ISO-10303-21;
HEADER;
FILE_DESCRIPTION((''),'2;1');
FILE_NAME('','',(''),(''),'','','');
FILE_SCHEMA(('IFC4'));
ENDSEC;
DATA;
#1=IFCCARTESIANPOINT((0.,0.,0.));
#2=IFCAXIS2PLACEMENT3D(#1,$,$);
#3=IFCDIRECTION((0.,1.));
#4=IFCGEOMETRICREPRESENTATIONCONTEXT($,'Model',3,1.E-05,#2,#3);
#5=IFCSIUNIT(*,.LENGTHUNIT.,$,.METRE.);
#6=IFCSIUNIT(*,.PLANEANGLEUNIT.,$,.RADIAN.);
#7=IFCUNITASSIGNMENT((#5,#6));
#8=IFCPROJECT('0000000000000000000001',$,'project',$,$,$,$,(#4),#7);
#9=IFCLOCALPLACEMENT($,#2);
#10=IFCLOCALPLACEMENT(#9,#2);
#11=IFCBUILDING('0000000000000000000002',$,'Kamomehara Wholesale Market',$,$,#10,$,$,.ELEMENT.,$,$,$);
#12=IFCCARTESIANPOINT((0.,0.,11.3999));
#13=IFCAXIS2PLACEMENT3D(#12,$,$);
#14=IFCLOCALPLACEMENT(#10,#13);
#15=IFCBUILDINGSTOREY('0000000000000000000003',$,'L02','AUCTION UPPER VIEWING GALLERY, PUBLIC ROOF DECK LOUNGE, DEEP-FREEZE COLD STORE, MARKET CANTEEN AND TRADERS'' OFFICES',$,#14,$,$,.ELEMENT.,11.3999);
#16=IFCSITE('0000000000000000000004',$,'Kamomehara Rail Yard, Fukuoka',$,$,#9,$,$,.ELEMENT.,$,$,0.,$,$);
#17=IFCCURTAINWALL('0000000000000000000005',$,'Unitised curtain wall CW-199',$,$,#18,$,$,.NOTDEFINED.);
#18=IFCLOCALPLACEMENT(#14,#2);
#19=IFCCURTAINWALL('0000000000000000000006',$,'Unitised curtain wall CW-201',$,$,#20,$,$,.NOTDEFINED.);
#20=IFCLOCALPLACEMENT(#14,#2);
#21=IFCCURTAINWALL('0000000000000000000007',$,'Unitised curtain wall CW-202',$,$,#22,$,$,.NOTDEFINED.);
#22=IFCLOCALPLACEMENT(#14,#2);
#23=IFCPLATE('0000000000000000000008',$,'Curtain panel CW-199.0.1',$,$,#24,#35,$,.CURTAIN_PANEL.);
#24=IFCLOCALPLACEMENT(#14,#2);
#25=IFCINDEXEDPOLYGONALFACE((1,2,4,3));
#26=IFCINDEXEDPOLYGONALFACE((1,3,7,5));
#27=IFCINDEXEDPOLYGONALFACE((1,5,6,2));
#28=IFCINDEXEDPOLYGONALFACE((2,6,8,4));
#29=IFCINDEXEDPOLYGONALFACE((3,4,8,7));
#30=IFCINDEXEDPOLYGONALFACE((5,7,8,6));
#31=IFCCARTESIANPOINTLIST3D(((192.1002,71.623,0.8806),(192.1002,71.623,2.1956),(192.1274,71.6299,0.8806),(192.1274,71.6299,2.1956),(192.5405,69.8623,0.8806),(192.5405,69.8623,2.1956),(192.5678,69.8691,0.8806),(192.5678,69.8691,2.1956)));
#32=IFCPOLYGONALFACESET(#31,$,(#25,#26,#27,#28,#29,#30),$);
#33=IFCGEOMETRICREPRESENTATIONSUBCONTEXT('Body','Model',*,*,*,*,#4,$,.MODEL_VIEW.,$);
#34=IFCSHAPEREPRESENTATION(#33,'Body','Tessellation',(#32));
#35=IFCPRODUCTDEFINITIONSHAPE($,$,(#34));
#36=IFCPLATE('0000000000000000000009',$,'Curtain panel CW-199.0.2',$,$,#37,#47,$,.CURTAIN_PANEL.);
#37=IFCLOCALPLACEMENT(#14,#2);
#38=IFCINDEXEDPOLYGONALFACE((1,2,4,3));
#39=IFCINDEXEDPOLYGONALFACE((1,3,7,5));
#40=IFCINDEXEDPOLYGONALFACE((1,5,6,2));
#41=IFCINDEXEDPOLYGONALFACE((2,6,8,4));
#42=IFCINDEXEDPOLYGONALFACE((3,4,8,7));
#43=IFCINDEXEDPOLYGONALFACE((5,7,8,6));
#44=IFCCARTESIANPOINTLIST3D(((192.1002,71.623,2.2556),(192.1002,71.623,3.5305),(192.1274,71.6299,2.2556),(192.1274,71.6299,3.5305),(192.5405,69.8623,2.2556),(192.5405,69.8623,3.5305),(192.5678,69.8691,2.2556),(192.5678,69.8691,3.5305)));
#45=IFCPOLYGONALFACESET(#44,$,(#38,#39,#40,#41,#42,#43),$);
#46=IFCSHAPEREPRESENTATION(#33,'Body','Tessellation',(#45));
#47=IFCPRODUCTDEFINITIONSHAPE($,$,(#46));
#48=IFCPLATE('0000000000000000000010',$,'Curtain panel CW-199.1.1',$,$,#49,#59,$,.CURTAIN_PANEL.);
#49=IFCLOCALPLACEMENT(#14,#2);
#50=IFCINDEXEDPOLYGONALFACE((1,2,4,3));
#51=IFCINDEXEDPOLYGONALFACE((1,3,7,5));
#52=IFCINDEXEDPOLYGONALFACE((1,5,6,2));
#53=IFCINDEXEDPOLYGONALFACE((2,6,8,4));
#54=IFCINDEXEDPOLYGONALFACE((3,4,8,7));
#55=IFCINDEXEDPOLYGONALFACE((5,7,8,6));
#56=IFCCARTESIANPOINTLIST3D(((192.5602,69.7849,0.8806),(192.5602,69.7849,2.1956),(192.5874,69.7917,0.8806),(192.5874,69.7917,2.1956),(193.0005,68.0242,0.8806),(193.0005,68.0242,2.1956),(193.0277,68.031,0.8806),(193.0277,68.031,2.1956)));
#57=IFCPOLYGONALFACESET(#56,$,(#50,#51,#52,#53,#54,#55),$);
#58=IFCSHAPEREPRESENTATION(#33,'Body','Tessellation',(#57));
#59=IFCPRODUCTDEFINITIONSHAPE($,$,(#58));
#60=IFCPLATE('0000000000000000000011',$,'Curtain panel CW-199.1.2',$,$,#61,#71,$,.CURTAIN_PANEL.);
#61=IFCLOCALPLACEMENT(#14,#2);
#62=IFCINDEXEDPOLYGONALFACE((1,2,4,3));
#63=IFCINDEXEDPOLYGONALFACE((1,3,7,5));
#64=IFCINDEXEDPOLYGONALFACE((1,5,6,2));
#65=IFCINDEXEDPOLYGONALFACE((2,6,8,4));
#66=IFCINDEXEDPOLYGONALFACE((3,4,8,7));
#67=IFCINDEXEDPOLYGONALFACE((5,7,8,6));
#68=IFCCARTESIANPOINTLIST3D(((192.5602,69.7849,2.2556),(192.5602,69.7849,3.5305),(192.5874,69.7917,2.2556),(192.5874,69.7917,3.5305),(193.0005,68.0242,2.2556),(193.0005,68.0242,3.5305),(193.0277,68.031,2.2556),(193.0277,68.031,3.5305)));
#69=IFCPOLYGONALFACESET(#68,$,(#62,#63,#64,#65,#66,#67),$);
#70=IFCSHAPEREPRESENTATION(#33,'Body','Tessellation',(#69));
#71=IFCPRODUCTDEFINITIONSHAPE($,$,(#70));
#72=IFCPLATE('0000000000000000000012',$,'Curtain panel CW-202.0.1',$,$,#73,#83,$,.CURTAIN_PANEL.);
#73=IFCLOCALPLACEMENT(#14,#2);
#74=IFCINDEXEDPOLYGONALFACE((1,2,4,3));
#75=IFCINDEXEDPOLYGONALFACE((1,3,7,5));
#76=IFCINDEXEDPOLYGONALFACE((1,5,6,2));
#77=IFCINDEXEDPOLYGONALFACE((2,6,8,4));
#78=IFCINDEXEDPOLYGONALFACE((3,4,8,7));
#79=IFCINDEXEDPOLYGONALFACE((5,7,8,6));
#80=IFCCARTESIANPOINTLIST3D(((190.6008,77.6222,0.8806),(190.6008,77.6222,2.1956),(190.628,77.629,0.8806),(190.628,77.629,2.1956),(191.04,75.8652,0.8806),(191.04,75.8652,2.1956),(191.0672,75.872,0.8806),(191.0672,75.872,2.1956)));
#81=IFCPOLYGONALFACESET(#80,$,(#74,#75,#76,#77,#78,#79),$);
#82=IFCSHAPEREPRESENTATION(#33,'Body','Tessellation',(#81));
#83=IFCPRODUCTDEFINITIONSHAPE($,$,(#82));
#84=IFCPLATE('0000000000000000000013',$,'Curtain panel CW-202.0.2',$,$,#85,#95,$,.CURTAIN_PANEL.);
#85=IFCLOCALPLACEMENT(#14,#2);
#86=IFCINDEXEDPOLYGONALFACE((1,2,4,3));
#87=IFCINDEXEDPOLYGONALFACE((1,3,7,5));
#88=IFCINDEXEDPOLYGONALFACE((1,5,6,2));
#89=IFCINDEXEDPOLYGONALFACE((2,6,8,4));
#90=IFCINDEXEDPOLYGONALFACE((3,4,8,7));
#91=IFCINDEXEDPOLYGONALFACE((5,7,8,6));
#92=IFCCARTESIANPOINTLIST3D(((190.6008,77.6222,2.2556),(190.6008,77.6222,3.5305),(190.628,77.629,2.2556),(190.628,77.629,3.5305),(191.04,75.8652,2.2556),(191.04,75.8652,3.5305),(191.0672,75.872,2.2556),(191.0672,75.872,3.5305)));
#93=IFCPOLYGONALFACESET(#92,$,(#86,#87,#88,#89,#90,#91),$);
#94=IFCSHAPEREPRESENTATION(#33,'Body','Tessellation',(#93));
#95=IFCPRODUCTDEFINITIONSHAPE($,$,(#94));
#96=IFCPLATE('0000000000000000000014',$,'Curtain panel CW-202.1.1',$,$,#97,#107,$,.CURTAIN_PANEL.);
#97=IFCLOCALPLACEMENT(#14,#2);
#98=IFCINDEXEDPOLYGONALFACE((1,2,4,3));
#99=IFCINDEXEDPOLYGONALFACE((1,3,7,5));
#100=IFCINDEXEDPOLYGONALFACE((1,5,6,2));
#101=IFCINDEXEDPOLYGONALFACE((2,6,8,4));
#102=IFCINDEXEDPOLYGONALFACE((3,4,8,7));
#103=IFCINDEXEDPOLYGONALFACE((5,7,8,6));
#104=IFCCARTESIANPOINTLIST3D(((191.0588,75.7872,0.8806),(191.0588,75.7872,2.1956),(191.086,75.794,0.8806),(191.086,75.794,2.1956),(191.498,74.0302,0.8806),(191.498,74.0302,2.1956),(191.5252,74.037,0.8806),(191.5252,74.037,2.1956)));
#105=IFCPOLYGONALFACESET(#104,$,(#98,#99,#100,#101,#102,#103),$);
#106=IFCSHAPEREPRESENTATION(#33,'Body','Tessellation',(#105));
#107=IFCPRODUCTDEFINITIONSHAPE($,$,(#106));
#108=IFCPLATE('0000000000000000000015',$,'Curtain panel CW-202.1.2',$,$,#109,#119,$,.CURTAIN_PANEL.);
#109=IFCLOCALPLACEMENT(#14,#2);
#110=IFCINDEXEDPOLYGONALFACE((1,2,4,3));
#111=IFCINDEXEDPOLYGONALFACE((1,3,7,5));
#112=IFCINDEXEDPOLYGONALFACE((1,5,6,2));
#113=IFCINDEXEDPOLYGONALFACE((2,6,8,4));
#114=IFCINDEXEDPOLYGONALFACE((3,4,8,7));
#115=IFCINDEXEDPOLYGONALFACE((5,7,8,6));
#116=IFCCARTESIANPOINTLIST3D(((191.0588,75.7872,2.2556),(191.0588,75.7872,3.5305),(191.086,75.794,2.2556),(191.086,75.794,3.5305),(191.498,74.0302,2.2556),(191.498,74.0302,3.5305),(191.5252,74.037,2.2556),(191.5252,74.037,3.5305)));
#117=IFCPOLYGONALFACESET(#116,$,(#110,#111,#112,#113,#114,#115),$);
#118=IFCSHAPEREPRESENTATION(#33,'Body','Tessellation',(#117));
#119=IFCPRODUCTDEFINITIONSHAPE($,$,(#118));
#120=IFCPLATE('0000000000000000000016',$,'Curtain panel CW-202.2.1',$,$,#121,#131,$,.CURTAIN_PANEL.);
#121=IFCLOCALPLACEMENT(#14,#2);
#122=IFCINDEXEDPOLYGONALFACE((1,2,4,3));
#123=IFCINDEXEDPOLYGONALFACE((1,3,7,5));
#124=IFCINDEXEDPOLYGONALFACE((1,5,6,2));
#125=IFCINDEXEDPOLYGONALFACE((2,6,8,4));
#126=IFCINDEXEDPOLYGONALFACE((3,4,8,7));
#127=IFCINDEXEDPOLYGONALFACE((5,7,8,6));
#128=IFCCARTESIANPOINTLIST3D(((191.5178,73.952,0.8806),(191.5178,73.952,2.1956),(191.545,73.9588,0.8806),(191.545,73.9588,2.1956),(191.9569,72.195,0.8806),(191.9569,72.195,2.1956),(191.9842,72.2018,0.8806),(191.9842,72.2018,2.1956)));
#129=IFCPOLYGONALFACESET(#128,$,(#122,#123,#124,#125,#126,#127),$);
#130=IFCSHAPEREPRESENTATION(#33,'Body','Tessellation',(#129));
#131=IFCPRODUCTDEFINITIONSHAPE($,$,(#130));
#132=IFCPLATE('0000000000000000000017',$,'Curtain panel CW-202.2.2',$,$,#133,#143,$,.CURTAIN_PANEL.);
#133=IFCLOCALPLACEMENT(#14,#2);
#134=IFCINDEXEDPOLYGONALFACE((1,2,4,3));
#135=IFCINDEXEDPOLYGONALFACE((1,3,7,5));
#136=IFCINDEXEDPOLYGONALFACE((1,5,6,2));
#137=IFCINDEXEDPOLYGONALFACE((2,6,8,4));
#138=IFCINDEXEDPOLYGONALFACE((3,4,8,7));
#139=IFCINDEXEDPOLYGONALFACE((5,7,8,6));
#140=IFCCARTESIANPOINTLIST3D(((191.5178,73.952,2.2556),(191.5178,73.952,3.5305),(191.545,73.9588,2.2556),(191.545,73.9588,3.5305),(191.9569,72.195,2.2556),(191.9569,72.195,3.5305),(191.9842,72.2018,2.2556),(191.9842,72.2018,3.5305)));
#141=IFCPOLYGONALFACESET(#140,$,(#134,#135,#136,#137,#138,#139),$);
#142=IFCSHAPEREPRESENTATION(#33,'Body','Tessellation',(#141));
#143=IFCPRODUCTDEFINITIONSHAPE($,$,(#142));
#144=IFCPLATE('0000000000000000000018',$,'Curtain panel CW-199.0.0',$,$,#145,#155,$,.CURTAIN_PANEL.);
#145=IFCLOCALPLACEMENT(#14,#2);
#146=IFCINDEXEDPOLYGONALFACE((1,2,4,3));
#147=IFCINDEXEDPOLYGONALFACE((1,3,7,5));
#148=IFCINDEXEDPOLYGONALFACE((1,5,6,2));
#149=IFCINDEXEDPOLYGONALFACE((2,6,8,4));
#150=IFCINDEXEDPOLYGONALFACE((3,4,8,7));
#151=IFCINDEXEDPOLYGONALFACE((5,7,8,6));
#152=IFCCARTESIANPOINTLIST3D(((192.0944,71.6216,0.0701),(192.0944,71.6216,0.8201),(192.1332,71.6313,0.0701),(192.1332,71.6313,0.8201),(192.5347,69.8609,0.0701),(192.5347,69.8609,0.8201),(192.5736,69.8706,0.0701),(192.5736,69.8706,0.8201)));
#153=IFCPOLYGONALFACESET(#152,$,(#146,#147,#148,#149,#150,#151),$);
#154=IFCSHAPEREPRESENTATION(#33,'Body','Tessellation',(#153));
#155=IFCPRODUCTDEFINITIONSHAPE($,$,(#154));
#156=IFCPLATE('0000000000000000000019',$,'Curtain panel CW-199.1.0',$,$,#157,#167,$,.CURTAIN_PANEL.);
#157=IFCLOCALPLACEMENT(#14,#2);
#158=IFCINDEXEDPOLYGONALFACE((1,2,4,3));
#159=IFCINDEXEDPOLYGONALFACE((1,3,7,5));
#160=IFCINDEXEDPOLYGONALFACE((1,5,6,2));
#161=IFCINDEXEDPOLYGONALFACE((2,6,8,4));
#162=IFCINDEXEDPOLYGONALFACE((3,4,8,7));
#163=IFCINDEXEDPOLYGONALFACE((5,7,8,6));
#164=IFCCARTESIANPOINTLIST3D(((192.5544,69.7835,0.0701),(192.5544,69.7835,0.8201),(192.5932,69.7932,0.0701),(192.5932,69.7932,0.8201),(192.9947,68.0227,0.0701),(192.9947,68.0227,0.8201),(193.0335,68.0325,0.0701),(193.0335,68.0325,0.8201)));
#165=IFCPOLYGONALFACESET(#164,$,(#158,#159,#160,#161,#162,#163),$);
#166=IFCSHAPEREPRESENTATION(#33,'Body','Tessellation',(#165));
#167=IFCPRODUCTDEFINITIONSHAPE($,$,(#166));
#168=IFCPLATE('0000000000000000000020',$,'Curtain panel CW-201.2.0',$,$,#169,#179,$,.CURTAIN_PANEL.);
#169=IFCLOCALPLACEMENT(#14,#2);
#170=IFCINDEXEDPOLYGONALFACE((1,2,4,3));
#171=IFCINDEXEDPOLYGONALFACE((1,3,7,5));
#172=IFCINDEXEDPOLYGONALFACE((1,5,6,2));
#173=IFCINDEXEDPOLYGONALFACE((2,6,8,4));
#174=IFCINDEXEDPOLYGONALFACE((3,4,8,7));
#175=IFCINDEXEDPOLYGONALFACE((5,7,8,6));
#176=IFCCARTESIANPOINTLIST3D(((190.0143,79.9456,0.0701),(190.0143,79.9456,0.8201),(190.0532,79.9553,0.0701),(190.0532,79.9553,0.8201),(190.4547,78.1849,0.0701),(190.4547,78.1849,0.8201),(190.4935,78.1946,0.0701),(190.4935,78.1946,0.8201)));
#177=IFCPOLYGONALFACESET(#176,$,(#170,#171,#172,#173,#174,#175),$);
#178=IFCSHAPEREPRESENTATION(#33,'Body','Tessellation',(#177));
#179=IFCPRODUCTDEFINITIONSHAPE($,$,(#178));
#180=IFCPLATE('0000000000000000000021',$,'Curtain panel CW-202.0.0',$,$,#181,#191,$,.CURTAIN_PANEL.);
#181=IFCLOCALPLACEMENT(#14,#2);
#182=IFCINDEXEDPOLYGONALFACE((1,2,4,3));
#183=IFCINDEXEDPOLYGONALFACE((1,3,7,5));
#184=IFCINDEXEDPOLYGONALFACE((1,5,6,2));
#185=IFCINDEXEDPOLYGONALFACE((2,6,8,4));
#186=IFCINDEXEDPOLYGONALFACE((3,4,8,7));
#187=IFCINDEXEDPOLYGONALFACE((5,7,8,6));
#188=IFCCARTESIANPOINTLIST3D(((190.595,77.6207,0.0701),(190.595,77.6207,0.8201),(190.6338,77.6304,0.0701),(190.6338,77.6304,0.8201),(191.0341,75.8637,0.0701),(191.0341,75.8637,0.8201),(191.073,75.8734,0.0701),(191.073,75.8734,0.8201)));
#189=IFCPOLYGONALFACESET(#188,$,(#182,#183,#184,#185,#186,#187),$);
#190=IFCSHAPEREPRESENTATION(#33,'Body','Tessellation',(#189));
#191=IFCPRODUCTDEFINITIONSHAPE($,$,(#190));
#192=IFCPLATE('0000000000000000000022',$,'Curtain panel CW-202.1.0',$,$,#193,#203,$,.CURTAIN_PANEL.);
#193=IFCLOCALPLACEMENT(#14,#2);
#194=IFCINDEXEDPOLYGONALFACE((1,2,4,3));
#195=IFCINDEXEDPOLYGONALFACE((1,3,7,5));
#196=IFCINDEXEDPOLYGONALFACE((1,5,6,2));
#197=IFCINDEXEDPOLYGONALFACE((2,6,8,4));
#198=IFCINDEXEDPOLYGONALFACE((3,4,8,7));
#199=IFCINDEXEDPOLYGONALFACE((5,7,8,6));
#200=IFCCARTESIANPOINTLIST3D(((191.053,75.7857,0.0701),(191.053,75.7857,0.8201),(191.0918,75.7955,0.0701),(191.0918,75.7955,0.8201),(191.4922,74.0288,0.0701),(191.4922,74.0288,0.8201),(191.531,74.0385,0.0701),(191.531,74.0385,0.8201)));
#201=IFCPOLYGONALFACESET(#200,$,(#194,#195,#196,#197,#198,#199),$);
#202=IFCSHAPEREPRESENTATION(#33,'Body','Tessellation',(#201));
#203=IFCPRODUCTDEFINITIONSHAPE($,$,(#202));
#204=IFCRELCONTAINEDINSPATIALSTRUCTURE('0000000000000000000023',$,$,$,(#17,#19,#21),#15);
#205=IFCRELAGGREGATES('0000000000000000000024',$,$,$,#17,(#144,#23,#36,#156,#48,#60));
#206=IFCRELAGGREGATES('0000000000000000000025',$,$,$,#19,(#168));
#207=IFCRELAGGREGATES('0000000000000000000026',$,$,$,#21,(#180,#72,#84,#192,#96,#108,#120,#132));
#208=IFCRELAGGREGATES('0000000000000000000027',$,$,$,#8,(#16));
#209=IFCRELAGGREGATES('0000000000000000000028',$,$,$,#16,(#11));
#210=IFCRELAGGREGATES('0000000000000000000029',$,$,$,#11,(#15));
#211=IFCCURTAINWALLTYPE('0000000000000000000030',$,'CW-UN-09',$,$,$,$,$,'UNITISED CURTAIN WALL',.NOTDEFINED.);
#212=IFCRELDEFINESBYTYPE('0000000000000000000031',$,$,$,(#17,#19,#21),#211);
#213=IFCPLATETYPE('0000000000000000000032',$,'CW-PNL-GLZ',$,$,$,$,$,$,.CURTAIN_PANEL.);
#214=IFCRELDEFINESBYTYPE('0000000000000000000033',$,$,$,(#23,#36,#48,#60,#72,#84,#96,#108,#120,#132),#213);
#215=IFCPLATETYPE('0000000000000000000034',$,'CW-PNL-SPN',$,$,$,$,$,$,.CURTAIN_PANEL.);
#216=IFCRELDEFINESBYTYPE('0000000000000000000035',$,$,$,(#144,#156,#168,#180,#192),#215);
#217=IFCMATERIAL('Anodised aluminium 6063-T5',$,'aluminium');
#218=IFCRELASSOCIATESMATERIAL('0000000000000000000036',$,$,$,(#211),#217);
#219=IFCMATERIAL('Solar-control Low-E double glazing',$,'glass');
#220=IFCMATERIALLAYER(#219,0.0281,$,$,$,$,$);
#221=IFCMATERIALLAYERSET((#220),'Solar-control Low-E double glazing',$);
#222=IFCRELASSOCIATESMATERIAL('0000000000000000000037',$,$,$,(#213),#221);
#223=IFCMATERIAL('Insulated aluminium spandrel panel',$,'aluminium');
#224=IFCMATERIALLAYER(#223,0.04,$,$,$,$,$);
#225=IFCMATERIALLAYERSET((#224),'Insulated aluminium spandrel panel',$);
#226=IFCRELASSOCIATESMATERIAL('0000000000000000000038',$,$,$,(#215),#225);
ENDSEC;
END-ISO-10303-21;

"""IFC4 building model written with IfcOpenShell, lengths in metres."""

from ifc_helpers import new_model, si_unit, direction, frame, origin, origin_2d, place, context, subcontext, project, spatial, rectangle, extrude, material, layer, layer_set, type_object, element, aggregate, save


model = new_model("IFC4")

# Units and contexts
model_context = context("Model", 3, precision=1e-05, world=origin(), true_north=direction((0.0, 1.0)))
body_context = subcontext(model_context, "Body", "Model", "MODEL_VIEW")
ifc_project = project(units=[si_unit("LENGTHUNIT", "METRE"), si_unit("PLANEANGLEUNIT", "RADIAN")], contexts=[model_context])

# Site, building, storey
site_placement = place(None, origin())
site = spatial("IfcSite", under=ifc_project, at=site_placement, Name="Kamomehara Rail Yard, Fukuoka", CompositionType="ELEMENT", RefElevation=0.0)
building_placement = place(site_placement, origin())
building = spatial("IfcBuilding", under=site, at=building_placement, Name="Kamomehara Wholesale Market", CompositionType="ELEMENT")
storey_placement = place(building_placement, frame((0.0, 0.0, 11.3999)))
storey = spatial("IfcBuildingStorey", under=building, at=storey_placement, Name="L02", Description="AUCTION UPPER VIEWING GALLERY, PUBLIC ROOF DECK LOUNGE, DEEP-FREEZE COLD STORE, MARKET CANTEEN AND TRADERS' OFFICES", CompositionType="ELEMENT", Elevation=11.3999)

# Curtain wall
ifc_material_1 = material(Name="Anodised aluminium 6063-T5", Category="aluminium")
curtain_wall_type = type_object("IfcCurtainWallType", Name="CW-UN-09", ElementType="UNITISED CURTAIN WALL", PredefinedType="NOTDEFINED", material=ifc_material_1)
curtain_wall_1_placement = place(storey_placement, origin())
curtain_wall_1 = element("IfcCurtainWall", 1, at=curtain_wall_1_placement, inside=storey, type_object=curtain_wall_type, Name="Unitised curtain wall CW-199", PredefinedType="NOTDEFINED")

# Curtain wall
curtain_wall_2_placement = place(storey_placement, origin())
curtain_wall_2 = element("IfcCurtainWall", 2, at=curtain_wall_2_placement, inside=storey, type_object=curtain_wall_type, Name="Unitised curtain wall CW-201", PredefinedType="NOTDEFINED")

# Curtain wall
curtain_wall_3_placement = place(storey_placement, origin())
curtain_wall_3 = element("IfcCurtainWall", 3, at=curtain_wall_3_placement, inside=storey, type_object=curtain_wall_type, Name="Unitised curtain wall CW-202", PredefinedType="NOTDEFINED")

# Plates
ifc_material_2 = material(Name="Solar-control Low-E double glazing", Category="glass")
ifc_layer_1 = layer(ifc_material_2, 0.0281)
ifc_layer_set_1 = layer_set([ifc_layer_1], Name="Solar-control Low-E double glazing")
plate_type_1 = type_object("IfcPlateType", Name="CW-PNL-GLZ", PredefinedType="CURTAIN_PANEL", material=ifc_layer_set_1)
plate_1_placement = place(storey_placement, frame((192.334, 70.7461, 0.8806), z_axis=(0.0, 0.0, 1.0), x_axis=(0.242616, -0.970122, 0.0)))
plate_1 = element("IfcPlate", 4, at=plate_1_placement, type_object=plate_type_1, Name="Curtain panel CW-199.0.1", PredefinedType="CURTAIN_PANEL", context=body_context, shape_type="SweptSolid", body=[
    extrude(rectangle(XDim=1.8149, YDim=0.0281, at=origin_2d()), origin(), (0.0, 0.0, 1.0), 1.3149),
])
plate_2_placement = place(storey_placement, frame((192.334, 70.7461, 2.2556), z_axis=(0.0, 0.0, 1.0), x_axis=(0.242616, -0.970122, 0.0)))
plate_2 = element("IfcPlate", 5, at=plate_2_placement, type_object=plate_type_1, Name="Curtain panel CW-199.0.2", PredefinedType="CURTAIN_PANEL", context=body_context, shape_type="SweptSolid", body=[
    extrude(rectangle(XDim=1.8149, YDim=0.0281, at=origin_2d()), origin(), (0.0, 0.0, 1.0), 1.2749),
])
plate_3_placement = place(storey_placement, frame((192.7939, 68.908, 0.8806), z_axis=(0.0, 0.0, 1.0), x_axis=(0.242616, -0.970122, 0.0)))
plate_3 = element("IfcPlate", 6, at=plate_3_placement, type_object=plate_type_1, Name="Curtain panel CW-199.1.1", PredefinedType="CURTAIN_PANEL", context=body_context, shape_type="SweptSolid", body=[
    extrude(rectangle(XDim=1.8149, YDim=0.0281, at=origin_2d()), origin(), (0.0, 0.0, 1.0), 1.3149),
])
plate_4_placement = place(storey_placement, frame((192.7939, 68.908, 2.2556), z_axis=(0.0, 0.0, 1.0), x_axis=(0.242616, -0.970122, 0.0)))
plate_4 = element("IfcPlate", 7, at=plate_4_placement, type_object=plate_type_1, Name="Curtain panel CW-199.1.2", PredefinedType="CURTAIN_PANEL", context=body_context, shape_type="SweptSolid", body=[
    extrude(rectangle(XDim=1.8149, YDim=0.0281, at=origin_2d()), origin(), (0.0, 0.0, 1.0), 1.2749),
])
plate_5_placement = place(storey_placement, frame((190.834, 76.7471, 0.8806), z_axis=(0.0, 0.0, 1.0), x_axis=(0.242498, -0.970152, 0.0)))
plate_5 = element("IfcPlate", 8, at=plate_5_placement, type_object=plate_type_1, Name="Curtain panel CW-202.0.1", PredefinedType="CURTAIN_PANEL", context=body_context, shape_type="SweptSolid", body=[
    extrude(rectangle(XDim=1.811, YDim=0.0281, at=origin_2d()), origin(), (0.0, 0.0, 1.0), 1.3149),
])
plate_6_placement = place(storey_placement, frame((190.834, 76.7471, 2.2556), z_axis=(0.0, 0.0, 1.0), x_axis=(0.242498, -0.970152, 0.0)))
plate_6 = element("IfcPlate", 9, at=plate_6_placement, type_object=plate_type_1, Name="Curtain panel CW-202.0.2", PredefinedType="CURTAIN_PANEL", context=body_context, shape_type="SweptSolid", body=[
    extrude(rectangle(XDim=1.811, YDim=0.0281, at=origin_2d()), origin(), (0.0, 0.0, 1.0), 1.2749),
])
plate_7_placement = place(storey_placement, frame((191.292, 74.9121, 0.8806), z_axis=(0.0, 0.0, 1.0), x_axis=(0.242498, -0.970152, 0.0)))
plate_7 = element("IfcPlate", 10, at=plate_7_placement, type_object=plate_type_1, Name="Curtain panel CW-202.1.1", PredefinedType="CURTAIN_PANEL", context=body_context, shape_type="SweptSolid", body=[
    extrude(rectangle(XDim=1.811, YDim=0.0281, at=origin_2d()), origin(), (0.0, 0.0, 1.0), 1.3149),
])
plate_8_placement = place(storey_placement, frame((191.292, 74.9121, 2.2556), z_axis=(0.0, 0.0, 1.0), x_axis=(0.242498, -0.970152, 0.0)))
plate_8 = element("IfcPlate", 11, at=plate_8_placement, type_object=plate_type_1, Name="Curtain panel CW-202.1.2", PredefinedType="CURTAIN_PANEL", context=body_context, shape_type="SweptSolid", body=[
    extrude(rectangle(XDim=1.811, YDim=0.0281, at=origin_2d()), origin(), (0.0, 0.0, 1.0), 1.2749),
])
plate_9_placement = place(storey_placement, frame((191.751, 73.0769, 0.8806), z_axis=(0.0, 0.0, 1.0), x_axis=(0.242498, -0.970152, 0.0)))
plate_9 = element("IfcPlate", 12, at=plate_9_placement, type_object=plate_type_1, Name="Curtain panel CW-202.2.1", PredefinedType="CURTAIN_PANEL", context=body_context, shape_type="SweptSolid", body=[
    extrude(rectangle(XDim=1.811, YDim=0.0281, at=origin_2d()), origin(), (0.0, 0.0, 1.0), 1.3149),
])
plate_10_placement = place(storey_placement, frame((191.751, 73.0769, 2.2556), z_axis=(0.0, 0.0, 1.0), x_axis=(0.242498, -0.970152, 0.0)))
plate_10 = element("IfcPlate", 13, at=plate_10_placement, type_object=plate_type_1, Name="Curtain panel CW-202.2.2", PredefinedType="CURTAIN_PANEL", context=body_context, shape_type="SweptSolid", body=[
    extrude(rectangle(XDim=1.811, YDim=0.0281, at=origin_2d()), origin(), (0.0, 0.0, 1.0), 1.2749),
])
ifc_material_3 = material(Name="Insulated aluminium spandrel panel", Category="aluminium")
ifc_layer_2 = layer(ifc_material_3, 0.04)
ifc_layer_set_2 = layer_set([ifc_layer_2], Name="Insulated aluminium spandrel panel")
plate_type_2 = type_object("IfcPlateType", Name="CW-PNL-SPN", PredefinedType="CURTAIN_PANEL", material=ifc_layer_set_2)
plate_11_placement = place(storey_placement, frame((192.334, 70.7461, 0.0701), z_axis=(0.0, 0.0, 1.0), x_axis=(0.242616, -0.970122, 0.0)))
plate_11 = element("IfcPlate", 14, at=plate_11_placement, type_object=plate_type_2, Name="Curtain panel CW-199.0.0", PredefinedType="CURTAIN_PANEL", context=body_context, shape_type="SweptSolid", body=[
    extrude(rectangle(XDim=1.8149, YDim=0.04, at=origin_2d()), origin(), (0.0, 0.0, 1.0), 0.75),
])
plate_12_placement = place(storey_placement, frame((192.7939, 68.908, 0.0701), z_axis=(0.0, 0.0, 1.0), x_axis=(0.242616, -0.970122, 0.0)))
plate_12 = element("IfcPlate", 15, at=plate_12_placement, type_object=plate_type_2, Name="Curtain panel CW-199.1.0", PredefinedType="CURTAIN_PANEL", context=body_context, shape_type="SweptSolid", body=[
    extrude(rectangle(XDim=1.8149, YDim=0.04, at=origin_2d()), origin(), (0.0, 0.0, 1.0), 0.75),
])
aggregate(curtain_wall_1, [plate_11, plate_1, plate_2, plate_12, plate_3, plate_4])
plate_13_placement = place(storey_placement, frame((190.2539, 79.0701, 0.0701), z_axis=(0.0, 0.0, 1.0), x_axis=(0.242616, -0.970122, 0.0)))
plate_13 = element("IfcPlate", 16, at=plate_13_placement, type_object=plate_type_2, Name="Curtain panel CW-201.2.0", PredefinedType="CURTAIN_PANEL", context=body_context, shape_type="SweptSolid", body=[
    extrude(rectangle(XDim=1.8149, YDim=0.04, at=origin_2d()), origin(), (0.0, 0.0, 1.0), 0.75),
])
aggregate(curtain_wall_2, [plate_13])
plate_14_placement = place(storey_placement, frame((190.834, 76.7471, 0.0701), z_axis=(0.0, 0.0, 1.0), x_axis=(0.242498, -0.970152, 0.0)))
plate_14 = element("IfcPlate", 17, at=plate_14_placement, type_object=plate_type_2, Name="Curtain panel CW-202.0.0", PredefinedType="CURTAIN_PANEL", context=body_context, shape_type="SweptSolid", body=[
    extrude(rectangle(XDim=1.811, YDim=0.04, at=origin_2d()), origin(), (0.0, 0.0, 1.0), 0.75),
])
plate_15_placement = place(storey_placement, frame((191.292, 74.9121, 0.0701), z_axis=(0.0, 0.0, 1.0), x_axis=(0.242498, -0.970152, 0.0)))
plate_15 = element("IfcPlate", 18, at=plate_15_placement, type_object=plate_type_2, Name="Curtain panel CW-202.1.0", PredefinedType="CURTAIN_PANEL", context=body_context, shape_type="SweptSolid", body=[
    extrude(rectangle(XDim=1.811, YDim=0.04, at=origin_2d()), origin(), (0.0, 0.0, 1.0), 0.75),
])
aggregate(curtain_wall_3, [plate_14, plate_5, plate_6, plate_15, plate_7, plate_8, plate_9, plate_10])

save(model, "model.ifc")
